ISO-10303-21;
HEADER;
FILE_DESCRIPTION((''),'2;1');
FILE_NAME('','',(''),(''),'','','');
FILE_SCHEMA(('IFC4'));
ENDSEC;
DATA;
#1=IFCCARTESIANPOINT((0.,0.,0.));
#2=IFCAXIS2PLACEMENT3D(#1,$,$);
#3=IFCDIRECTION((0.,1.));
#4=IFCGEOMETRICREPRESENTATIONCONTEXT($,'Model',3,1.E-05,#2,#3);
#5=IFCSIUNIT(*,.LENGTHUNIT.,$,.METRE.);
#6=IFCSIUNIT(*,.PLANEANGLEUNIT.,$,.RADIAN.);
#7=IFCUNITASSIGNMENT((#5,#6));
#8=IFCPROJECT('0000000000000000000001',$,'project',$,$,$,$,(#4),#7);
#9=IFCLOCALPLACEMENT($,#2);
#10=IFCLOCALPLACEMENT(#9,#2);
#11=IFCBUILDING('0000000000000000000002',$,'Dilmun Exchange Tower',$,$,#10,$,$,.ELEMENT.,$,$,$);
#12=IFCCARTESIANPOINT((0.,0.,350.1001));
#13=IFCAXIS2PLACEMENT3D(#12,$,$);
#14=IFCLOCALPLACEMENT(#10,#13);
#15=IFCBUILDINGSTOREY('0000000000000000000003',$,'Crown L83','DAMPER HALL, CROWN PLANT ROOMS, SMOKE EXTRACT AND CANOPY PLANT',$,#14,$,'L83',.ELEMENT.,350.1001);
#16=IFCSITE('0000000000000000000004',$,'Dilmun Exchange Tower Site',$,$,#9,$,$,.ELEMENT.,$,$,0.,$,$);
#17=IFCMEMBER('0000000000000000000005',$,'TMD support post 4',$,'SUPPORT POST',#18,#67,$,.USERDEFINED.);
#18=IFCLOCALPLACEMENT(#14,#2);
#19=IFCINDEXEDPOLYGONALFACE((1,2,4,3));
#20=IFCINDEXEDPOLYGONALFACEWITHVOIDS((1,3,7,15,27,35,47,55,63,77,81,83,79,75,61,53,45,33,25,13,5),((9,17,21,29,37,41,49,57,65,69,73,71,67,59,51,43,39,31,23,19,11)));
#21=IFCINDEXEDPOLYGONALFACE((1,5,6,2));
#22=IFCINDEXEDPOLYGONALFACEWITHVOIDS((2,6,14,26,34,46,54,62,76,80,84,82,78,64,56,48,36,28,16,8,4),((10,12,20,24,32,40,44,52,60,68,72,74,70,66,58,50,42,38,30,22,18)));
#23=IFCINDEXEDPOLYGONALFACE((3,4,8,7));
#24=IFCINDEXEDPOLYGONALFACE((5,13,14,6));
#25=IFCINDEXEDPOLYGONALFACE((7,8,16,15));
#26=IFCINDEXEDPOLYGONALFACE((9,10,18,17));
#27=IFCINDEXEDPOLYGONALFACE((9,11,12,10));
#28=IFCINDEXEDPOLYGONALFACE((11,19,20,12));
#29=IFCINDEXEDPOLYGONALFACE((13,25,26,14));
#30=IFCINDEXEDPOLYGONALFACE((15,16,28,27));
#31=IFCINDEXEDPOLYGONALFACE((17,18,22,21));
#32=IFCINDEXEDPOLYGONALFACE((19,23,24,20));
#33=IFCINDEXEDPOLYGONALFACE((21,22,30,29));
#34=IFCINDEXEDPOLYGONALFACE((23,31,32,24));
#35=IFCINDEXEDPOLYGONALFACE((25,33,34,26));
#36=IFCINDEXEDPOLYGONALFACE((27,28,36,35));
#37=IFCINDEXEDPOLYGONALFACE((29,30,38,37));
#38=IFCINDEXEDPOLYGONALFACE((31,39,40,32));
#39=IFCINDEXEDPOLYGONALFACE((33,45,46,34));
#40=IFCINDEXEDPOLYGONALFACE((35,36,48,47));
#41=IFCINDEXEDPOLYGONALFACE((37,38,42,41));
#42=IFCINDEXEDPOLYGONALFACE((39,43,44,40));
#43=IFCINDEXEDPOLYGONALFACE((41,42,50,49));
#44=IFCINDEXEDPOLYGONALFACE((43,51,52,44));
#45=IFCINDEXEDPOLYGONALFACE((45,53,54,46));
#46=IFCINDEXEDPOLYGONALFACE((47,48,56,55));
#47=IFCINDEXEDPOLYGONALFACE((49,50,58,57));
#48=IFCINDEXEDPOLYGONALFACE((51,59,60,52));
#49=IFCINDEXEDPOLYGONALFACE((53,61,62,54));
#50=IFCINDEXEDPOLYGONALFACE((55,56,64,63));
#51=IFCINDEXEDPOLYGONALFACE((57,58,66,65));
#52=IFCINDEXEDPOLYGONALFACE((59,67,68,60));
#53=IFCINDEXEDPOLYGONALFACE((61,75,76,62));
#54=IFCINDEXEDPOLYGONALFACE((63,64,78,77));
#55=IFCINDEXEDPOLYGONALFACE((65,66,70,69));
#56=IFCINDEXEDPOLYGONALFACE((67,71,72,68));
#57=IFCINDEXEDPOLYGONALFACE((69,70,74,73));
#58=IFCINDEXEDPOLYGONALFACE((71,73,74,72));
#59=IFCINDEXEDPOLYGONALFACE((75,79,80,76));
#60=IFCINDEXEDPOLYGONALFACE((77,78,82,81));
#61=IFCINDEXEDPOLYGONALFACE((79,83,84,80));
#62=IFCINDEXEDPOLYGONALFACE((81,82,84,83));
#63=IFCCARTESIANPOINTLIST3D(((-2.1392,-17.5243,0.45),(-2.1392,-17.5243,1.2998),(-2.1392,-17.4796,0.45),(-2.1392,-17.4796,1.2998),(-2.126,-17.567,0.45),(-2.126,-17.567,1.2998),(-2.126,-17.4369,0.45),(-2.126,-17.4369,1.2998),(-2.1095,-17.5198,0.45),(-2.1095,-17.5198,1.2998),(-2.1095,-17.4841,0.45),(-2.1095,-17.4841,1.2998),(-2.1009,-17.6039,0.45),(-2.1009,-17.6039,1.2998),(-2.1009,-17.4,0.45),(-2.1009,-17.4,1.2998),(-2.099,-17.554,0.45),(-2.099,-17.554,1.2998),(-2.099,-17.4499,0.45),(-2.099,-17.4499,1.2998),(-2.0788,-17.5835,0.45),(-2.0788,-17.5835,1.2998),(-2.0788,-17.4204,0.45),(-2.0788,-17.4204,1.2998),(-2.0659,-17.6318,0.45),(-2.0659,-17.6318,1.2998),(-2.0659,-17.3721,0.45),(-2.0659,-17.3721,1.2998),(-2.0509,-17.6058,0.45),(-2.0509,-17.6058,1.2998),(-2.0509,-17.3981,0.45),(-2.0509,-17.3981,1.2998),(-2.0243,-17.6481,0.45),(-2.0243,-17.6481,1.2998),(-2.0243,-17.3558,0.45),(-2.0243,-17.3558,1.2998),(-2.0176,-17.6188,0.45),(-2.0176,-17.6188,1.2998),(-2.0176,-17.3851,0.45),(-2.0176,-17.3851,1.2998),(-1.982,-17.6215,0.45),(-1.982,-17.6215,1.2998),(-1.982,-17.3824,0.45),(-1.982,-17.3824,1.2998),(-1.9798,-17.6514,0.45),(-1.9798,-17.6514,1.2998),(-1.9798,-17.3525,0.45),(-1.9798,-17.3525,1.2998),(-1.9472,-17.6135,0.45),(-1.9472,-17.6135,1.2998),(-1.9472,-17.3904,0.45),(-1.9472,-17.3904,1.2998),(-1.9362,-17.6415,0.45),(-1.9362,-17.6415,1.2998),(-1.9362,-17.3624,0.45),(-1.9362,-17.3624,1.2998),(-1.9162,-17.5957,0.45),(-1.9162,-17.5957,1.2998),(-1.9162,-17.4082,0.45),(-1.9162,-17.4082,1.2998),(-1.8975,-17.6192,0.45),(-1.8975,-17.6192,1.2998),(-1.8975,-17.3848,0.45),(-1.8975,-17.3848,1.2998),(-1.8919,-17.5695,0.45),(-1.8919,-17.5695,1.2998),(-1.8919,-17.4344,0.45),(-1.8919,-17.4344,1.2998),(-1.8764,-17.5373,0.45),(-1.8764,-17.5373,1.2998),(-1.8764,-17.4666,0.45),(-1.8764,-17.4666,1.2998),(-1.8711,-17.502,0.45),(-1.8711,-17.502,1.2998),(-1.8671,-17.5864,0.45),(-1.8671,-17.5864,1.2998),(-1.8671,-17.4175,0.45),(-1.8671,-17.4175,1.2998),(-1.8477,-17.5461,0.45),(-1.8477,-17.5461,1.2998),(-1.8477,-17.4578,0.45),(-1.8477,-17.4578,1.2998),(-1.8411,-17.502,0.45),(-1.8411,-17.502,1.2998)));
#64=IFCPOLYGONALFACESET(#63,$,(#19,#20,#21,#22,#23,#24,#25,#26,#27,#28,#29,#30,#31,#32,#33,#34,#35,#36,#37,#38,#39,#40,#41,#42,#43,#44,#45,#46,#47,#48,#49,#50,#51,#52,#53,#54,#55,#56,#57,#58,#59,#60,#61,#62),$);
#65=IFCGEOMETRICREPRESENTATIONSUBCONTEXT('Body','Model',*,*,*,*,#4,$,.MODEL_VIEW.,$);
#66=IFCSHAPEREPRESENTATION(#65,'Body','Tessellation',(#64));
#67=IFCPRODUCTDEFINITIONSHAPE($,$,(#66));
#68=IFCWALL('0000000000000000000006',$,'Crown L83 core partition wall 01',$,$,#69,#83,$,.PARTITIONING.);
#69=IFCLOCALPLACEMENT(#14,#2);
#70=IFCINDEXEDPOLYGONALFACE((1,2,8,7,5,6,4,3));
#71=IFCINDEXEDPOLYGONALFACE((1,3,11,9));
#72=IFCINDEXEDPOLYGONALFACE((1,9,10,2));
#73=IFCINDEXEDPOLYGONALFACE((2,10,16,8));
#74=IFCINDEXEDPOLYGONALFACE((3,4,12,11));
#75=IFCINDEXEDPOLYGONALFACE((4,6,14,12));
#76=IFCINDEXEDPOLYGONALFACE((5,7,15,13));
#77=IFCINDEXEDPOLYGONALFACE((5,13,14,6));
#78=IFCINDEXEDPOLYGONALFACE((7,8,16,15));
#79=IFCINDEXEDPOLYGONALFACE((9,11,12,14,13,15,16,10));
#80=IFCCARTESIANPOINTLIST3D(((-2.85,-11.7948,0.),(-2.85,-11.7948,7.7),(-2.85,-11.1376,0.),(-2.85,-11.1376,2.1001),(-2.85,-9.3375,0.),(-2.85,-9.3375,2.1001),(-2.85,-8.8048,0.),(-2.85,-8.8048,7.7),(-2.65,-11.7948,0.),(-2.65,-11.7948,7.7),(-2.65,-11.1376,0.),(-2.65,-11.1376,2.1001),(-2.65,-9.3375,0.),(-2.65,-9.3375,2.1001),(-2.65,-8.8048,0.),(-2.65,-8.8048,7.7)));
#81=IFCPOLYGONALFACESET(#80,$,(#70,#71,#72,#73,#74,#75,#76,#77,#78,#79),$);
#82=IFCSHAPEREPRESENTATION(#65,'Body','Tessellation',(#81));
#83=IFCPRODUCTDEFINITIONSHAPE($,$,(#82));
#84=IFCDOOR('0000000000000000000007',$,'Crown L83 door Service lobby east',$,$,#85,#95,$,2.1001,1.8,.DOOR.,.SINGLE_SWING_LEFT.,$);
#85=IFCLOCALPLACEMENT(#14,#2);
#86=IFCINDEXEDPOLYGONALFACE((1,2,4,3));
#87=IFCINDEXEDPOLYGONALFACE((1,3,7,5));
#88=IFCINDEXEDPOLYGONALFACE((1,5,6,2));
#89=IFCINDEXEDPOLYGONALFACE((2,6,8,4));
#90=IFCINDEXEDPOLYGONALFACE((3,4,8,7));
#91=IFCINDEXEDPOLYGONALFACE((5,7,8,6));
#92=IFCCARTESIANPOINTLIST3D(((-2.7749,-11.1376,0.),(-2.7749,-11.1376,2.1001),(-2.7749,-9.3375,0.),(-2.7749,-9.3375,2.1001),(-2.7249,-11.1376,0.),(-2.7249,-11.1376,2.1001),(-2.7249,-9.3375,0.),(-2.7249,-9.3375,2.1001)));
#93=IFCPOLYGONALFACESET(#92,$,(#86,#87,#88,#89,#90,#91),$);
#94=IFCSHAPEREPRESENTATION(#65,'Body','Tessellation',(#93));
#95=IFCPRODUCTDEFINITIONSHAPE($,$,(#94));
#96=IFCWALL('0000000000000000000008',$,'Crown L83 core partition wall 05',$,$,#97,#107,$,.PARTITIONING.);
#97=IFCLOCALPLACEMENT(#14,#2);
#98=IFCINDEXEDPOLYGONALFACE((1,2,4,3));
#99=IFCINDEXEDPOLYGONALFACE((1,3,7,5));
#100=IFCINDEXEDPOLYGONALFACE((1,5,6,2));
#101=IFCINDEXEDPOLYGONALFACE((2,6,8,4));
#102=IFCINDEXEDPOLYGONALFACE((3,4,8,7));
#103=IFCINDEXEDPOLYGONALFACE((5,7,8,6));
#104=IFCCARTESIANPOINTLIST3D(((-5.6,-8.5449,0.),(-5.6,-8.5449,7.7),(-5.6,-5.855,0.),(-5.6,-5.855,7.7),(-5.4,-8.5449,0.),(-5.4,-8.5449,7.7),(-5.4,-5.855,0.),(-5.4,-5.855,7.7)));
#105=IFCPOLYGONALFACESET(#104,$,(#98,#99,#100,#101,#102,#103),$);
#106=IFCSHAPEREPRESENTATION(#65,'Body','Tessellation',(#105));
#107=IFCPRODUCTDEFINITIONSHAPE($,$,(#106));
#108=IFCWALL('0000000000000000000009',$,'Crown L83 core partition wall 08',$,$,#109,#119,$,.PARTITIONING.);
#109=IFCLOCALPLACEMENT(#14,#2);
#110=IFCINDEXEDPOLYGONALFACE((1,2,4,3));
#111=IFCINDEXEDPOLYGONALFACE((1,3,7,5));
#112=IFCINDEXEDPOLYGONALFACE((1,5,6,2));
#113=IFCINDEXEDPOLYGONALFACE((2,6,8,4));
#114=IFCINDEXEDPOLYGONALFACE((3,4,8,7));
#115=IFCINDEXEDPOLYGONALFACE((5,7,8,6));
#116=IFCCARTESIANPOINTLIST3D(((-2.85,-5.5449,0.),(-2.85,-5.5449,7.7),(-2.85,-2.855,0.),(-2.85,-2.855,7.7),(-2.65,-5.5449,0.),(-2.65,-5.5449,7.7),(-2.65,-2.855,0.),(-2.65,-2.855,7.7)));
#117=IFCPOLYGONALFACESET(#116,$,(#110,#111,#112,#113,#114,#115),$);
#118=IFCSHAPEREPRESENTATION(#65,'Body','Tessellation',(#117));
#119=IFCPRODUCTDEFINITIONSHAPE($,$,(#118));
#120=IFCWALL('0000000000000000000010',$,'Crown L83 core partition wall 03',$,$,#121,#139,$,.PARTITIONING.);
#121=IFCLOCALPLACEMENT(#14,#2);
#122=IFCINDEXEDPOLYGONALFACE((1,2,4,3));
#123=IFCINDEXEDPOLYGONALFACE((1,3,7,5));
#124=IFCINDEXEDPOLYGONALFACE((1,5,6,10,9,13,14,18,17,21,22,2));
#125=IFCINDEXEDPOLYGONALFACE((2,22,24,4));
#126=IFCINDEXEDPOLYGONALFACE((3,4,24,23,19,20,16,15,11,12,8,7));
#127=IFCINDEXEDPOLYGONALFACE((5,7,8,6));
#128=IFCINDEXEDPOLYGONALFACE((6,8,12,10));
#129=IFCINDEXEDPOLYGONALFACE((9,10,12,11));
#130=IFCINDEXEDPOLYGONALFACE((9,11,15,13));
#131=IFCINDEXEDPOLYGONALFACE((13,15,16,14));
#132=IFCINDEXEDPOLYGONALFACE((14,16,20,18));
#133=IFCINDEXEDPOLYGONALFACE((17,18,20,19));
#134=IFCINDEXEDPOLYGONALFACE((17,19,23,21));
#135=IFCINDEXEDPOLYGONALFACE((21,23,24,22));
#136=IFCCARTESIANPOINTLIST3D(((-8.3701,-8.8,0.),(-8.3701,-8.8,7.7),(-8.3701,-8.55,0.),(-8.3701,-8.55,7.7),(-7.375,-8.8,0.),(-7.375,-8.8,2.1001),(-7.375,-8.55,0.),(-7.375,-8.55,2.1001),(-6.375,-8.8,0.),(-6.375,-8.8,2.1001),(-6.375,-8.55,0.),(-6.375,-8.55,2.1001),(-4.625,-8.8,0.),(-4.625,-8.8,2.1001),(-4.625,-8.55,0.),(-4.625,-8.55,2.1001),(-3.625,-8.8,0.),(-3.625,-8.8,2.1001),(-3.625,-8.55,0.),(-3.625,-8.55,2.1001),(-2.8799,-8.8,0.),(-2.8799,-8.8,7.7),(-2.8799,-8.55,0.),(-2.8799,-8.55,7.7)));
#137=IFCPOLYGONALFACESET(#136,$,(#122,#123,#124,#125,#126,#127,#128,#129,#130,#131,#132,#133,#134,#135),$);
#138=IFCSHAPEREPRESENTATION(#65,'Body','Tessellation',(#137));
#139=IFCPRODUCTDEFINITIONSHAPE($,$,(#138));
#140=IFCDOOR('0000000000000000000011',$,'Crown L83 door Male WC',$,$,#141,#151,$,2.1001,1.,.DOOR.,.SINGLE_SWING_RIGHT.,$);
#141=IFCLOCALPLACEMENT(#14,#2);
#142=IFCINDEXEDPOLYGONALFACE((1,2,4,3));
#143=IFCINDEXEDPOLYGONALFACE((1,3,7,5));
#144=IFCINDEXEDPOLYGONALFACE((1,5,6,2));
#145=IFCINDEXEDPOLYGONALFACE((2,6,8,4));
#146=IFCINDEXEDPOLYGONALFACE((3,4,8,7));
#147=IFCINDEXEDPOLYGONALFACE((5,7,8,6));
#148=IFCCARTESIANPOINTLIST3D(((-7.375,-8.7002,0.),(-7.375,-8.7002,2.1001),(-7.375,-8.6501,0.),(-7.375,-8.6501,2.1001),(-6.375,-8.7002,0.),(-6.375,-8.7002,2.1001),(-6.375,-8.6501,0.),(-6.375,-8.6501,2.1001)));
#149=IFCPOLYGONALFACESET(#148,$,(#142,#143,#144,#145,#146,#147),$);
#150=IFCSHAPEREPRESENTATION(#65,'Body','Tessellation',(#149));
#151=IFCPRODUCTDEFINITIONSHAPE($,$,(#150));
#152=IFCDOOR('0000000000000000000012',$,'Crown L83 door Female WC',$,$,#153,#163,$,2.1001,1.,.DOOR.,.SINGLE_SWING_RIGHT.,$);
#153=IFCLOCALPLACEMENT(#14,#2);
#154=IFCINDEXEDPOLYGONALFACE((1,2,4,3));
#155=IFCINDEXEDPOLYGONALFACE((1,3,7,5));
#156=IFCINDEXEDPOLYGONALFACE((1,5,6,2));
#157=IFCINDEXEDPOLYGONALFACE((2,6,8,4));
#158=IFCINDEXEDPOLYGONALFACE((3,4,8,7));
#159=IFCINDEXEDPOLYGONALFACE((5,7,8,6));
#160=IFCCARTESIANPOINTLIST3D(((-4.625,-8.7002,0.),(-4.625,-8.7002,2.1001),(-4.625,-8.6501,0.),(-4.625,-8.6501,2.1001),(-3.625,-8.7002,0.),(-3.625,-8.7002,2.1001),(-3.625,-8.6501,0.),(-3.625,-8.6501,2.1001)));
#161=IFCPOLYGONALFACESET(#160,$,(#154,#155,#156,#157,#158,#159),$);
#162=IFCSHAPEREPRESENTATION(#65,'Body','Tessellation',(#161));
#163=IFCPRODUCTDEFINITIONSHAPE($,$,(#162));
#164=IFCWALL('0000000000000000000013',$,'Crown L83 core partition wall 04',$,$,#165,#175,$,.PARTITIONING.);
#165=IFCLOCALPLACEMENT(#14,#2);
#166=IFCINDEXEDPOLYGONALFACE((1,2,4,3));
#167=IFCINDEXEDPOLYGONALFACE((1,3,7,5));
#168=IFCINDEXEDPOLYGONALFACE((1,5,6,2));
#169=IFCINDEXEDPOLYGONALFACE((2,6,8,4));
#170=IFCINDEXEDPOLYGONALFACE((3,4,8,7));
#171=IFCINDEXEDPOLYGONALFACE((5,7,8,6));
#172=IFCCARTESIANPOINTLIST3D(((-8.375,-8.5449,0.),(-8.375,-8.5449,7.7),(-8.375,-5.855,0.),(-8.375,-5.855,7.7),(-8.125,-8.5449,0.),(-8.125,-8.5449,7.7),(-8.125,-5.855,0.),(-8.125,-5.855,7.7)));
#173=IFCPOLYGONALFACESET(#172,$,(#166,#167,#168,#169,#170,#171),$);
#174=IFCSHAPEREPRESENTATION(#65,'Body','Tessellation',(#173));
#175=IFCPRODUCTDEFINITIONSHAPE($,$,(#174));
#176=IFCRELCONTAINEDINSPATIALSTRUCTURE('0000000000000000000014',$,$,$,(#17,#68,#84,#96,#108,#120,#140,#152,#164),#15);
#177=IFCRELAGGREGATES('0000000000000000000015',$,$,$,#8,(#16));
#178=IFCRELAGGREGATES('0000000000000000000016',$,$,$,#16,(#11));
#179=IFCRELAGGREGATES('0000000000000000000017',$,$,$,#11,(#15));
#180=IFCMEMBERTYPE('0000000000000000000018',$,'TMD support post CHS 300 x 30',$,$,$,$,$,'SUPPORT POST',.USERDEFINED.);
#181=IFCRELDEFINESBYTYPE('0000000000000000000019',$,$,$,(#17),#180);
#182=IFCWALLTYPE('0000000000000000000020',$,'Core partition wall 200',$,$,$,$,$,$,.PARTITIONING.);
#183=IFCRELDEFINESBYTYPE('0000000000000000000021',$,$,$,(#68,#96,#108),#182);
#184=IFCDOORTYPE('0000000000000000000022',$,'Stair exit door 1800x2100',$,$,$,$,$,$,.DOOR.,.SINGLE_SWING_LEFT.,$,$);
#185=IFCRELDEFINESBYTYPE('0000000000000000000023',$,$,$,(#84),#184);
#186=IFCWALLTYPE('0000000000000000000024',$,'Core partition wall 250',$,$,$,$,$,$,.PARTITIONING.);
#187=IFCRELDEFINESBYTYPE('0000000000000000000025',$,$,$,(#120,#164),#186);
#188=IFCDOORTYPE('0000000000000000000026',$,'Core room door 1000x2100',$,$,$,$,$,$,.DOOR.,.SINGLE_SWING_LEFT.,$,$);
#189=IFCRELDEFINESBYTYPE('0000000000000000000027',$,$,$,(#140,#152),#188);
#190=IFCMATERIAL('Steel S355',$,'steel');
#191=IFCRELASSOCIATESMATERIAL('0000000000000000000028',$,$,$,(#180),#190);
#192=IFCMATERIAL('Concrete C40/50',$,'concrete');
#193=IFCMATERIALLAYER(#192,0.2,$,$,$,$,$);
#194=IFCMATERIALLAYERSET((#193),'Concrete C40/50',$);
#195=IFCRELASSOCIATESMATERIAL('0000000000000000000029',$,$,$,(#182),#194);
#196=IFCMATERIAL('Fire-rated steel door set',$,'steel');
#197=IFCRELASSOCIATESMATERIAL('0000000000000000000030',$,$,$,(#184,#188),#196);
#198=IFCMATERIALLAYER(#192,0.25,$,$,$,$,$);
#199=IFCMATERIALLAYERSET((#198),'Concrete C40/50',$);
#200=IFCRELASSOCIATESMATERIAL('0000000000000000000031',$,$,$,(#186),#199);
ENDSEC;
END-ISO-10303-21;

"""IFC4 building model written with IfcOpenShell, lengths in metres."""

from ifc_helpers import new_model, si_unit, direction, frame, frame_2d, origin, origin_2d, place, context, subcontext, project, spatial, rectangle, hollow_circle, extrude, material, layer, layer_set, material_profile, profile_set, type_object, element, fill, save


model = new_model("IFC4")

# Units and contexts
model_context = context("Model", 3, precision=1e-05, world=origin(), true_north=direction((0.0, 1.0)))
body_context = subcontext(model_context, "Body", "Model", "MODEL_VIEW")
ifc_project = project(units=[si_unit("LENGTHUNIT", "METRE"), si_unit("PLANEANGLEUNIT", "RADIAN")], contexts=[model_context])

# Site, building, storey
site_placement = place(None, origin())
site = spatial("IfcSite", under=ifc_project, at=site_placement, Name="Dilmun Exchange Tower Site", CompositionType="ELEMENT", RefElevation=0.0)
building_placement = place(site_placement, origin())
building = spatial("IfcBuilding", under=site, at=building_placement, Name="Dilmun Exchange Tower", CompositionType="ELEMENT")
storey_placement = place(building_placement, frame((0.0, 0.0, 350.1001)))
storey = spatial("IfcBuildingStorey", under=building, at=storey_placement, Name="Crown L83", Description="DAMPER HALL, CROWN PLANT ROOMS, SMOKE EXTRACT AND CANOPY PLANT", LongName="L83", CompositionType="ELEMENT", Elevation=350.1001)

# Member
ifc_material_1 = material(Name="Steel S355", Category="steel")
ifc_material_profile = material_profile(ifc_material_1, hollow_circle(Radius=0.1499, WallThickness=0.03, at=origin_2d()), Name="CHS 300x30")
ifc_profile_set = profile_set([ifc_material_profile], Name="Steel S355")
member_type = type_object("IfcMemberType", Name="TMD support post CHS 300 x 30", ElementType="SUPPORT POST", PredefinedType="USERDEFINED", material=ifc_profile_set)
member_placement = place(storey_placement, frame((-1.991, -17.502, 0.45), z_axis=(0.0, 0.0, 1.0), x_axis=(1.0, 0.0, 0.0)))
element("IfcMember", 1, at=member_placement, inside=storey, type_object=member_type, Name="TMD support post 4", ObjectType="SUPPORT POST", PredefinedType="USERDEFINED", context=body_context, shape_type="SweptSolid", body=[
    extrude(hollow_circle(Radius=0.1499, WallThickness=0.03, at=origin_2d()), origin(), (0.0, 0.0, 1.0), 0.8499),
])

# Wall, opening, door
ifc_material_2 = material(Name="Concrete C40/50", Category="concrete")
ifc_layer_1 = layer(ifc_material_2, 0.2)
ifc_layer_set_1 = layer_set([ifc_layer_1], Name="Concrete C40/50")
wall_type_1 = type_object("IfcWallType", Name="Core partition wall 200", PredefinedType="PARTITIONING", material=ifc_layer_set_1)
wall_1_placement = place(storey_placement, frame((-2.75, -11.7949, 0.0), z_axis=(0.0, 0.0, 1.0), x_axis=(0.0, 1.0, 0.0)))
wall_1 = element("IfcWall", 2, at=wall_1_placement, inside=storey, type_object=wall_type_1, Name="Crown L83 core partition wall 01", PredefinedType="PARTITIONING", context=body_context, shape_type="SweptSolid", body=[
    extrude(rectangle(XDim=2.99, YDim=0.2, at=frame_2d((1.4951, 0.0))), origin(), (0.0, 0.0, 1.0), 7.7),
])
opening_1_placement = place(wall_1_placement, frame((0.6575, 0.0, 0.0)))
opening_1 = element("IfcOpeningElement", 3, at=opening_1_placement, cuts=wall_1, PredefinedType="OPENING", context=body_context, shape_type="SweptSolid", body=[
    extrude(rectangle(XDim=1.8, YDim=2.1001, at=frame_2d((0.8999, 1.05))), frame((0.0, 0.1099, 0.0), z_axis=(0.0, -1.0, 0.0), x_axis=(1.0, 0.0, 0.0)), (0.0, 0.0, 1.0), 0.22),
])
ifc_material_3 = material(Name="Fire-rated steel door set", Category="steel")
door_type_1 = type_object("IfcDoorType", Name="Stair exit door 1800x2100", OperationType="SINGLE_SWING_LEFT", PredefinedType="DOOR", material=ifc_material_3)
door_1_placement = place(opening_1_placement, origin())
door_1 = element("IfcDoor", 4, at=door_1_placement, inside=storey, type_object=door_type_1, Name="Crown L83 door Service lobby east", OperationType="SINGLE_SWING_LEFT", OverallHeight=2.1001, OverallWidth=1.8, PredefinedType="DOOR", context=body_context, shape_type="SweptSolid", body=[
    extrude(rectangle(XDim=1.8, YDim=2.1001, at=frame_2d((0.8999, 1.05))), frame((0.0, 0.0249, 0.0), z_axis=(0.0, -1.0, 0.0), x_axis=(1.0, 0.0, 0.0)), (0.0, 0.0, 1.0), 0.05),
])
fill(opening_1, door_1)

# Walls
for number, where, z_axis, x_axis, name in (
    (5, (-5.5, -8.5449, 0.0), (0.0, 0.0, 1.0), (0.0, 1.0, 0.0), "Crown L83 core partition wall 05"),
    (6, (-2.75, -5.5449, 0.0), (0.0, 0.0, 1.0), (0.0, 1.0, 0.0), "Crown L83 core partition wall 08"),
):
    element("IfcWall", number, at=place(storey_placement, frame(where, z_axis=z_axis, x_axis=x_axis)), inside=storey, type_object=wall_type_1, Name=name, PredefinedType="PARTITIONING", context=body_context, shape_type="SweptSolid", body=[
        extrude(rectangle(XDim=2.6899, YDim=0.2, at=frame_2d((1.345, 0.0))), origin(), (0.0, 0.0, 1.0), 7.7),
    ])

# Wall, openings, doors
ifc_layer_2 = layer(ifc_material_2, 0.25)
ifc_layer_set_2 = layer_set([ifc_layer_2], Name="Concrete C40/50")
wall_type_2 = type_object("IfcWallType", Name="Core partition wall 250", PredefinedType="PARTITIONING", material=ifc_layer_set_2)
wall_2_placement = place(storey_placement, frame((-8.3701, -8.675, 0.0), z_axis=(0.0, 0.0, 1.0), x_axis=(1.0, 0.0, 0.0)))
wall_2 = element("IfcWall", 7, at=wall_2_placement, inside=storey, type_object=wall_type_2, Name="Crown L83 core partition wall 03", PredefinedType="PARTITIONING", context=body_context, shape_type="SweptSolid", body=[
    extrude(rectangle(XDim=5.4902, YDim=0.25, at=frame_2d((2.7451, 0.0))), origin(), (0.0, 0.0, 1.0), 7.7),
])
opening_2_placement = place(wall_2_placement, frame((0.9951, 0.0, 0.0)))
opening_2 = element("IfcOpeningElement", 8, at=opening_2_placement, cuts=wall_2, PredefinedType="OPENING", context=body_context, shape_type="SweptSolid", body=[
    extrude(rectangle(XDim=1.0, YDim=2.1001, at=frame_2d((0.5, 1.05))), frame((0.0, 0.135, 0.0), z_axis=(0.0, -1.0, 0.0), x_axis=(1.0, 0.0, 0.0)), (0.0, 0.0, 1.0), 0.27),
])
opening_3_placement = place(wall_2_placement, frame((3.7451, 0.0, 0.0)))
opening_3 = element("IfcOpeningElement", 9, at=opening_3_placement, cuts=wall_2, PredefinedType="OPENING", context=body_context, shape_type="SweptSolid", body=[
    extrude(rectangle(XDim=1.0, YDim=2.1001, at=frame_2d((0.5, 1.05))), frame((0.0, 0.135, 0.0), z_axis=(0.0, -1.0, 0.0), x_axis=(1.0, 0.0, 0.0)), (0.0, 0.0, 1.0), 0.27),
])
door_type_2 = type_object("IfcDoorType", Name="Core room door 1000x2100", OperationType="SINGLE_SWING_LEFT", PredefinedType="DOOR", material=ifc_material_3)
door_2_placement = place(opening_2_placement, origin())
door_2 = element("IfcDoor", 10, at=door_2_placement, inside=storey, type_object=door_type_2, Name="Crown L83 door Male WC", OperationType="SINGLE_SWING_RIGHT", OverallHeight=2.1001, OverallWidth=1.0, PredefinedType="DOOR", context=body_context, shape_type="SweptSolid", body=[
    extrude(rectangle(XDim=1.0, YDim=2.1001, at=frame_2d((0.5, 1.05))), frame((0.0, 0.0249, 0.0), z_axis=(0.0, -1.0, 0.0), x_axis=(1.0, 0.0, 0.0)), (0.0, 0.0, 1.0), 0.05),
])
fill(opening_2, door_2)
door_3_placement = place(opening_3_placement, origin())
door_3 = element("IfcDoor", 11, at=door_3_placement, inside=storey, type_object=door_type_2, Name="Crown L83 door Female WC", OperationType="SINGLE_SWING_RIGHT", OverallHeight=2.1001, OverallWidth=1.0, PredefinedType="DOOR", context=body_context, shape_type="SweptSolid", body=[
    extrude(rectangle(XDim=1.0, YDim=2.1001, at=frame_2d((0.5, 1.05))), frame((0.0, 0.0249, 0.0), z_axis=(0.0, -1.0, 0.0), x_axis=(1.0, 0.0, 0.0)), (0.0, 0.0, 1.0), 0.05),
])
fill(opening_3, door_3)

# Wall
for number, where, z_axis, x_axis, name in (
    (12, (-8.25, -8.5449, 0.0), (0.0, 0.0, 1.0), (0.0, 1.0, 0.0), "Crown L83 core partition wall 04"),
):
    element("IfcWall", number, at=place(storey_placement, frame(where, z_axis=z_axis, x_axis=x_axis)), inside=storey, type_object=wall_type_2, Name=name, PredefinedType="PARTITIONING", context=body_context, shape_type="SweptSolid", body=[
        extrude(rectangle(XDim=2.6899, YDim=0.25, at=frame_2d((1.345, 0.0))), origin(), (0.0, 0.0, 1.0), 7.7),
    ])

save(model, "model.ifc")
